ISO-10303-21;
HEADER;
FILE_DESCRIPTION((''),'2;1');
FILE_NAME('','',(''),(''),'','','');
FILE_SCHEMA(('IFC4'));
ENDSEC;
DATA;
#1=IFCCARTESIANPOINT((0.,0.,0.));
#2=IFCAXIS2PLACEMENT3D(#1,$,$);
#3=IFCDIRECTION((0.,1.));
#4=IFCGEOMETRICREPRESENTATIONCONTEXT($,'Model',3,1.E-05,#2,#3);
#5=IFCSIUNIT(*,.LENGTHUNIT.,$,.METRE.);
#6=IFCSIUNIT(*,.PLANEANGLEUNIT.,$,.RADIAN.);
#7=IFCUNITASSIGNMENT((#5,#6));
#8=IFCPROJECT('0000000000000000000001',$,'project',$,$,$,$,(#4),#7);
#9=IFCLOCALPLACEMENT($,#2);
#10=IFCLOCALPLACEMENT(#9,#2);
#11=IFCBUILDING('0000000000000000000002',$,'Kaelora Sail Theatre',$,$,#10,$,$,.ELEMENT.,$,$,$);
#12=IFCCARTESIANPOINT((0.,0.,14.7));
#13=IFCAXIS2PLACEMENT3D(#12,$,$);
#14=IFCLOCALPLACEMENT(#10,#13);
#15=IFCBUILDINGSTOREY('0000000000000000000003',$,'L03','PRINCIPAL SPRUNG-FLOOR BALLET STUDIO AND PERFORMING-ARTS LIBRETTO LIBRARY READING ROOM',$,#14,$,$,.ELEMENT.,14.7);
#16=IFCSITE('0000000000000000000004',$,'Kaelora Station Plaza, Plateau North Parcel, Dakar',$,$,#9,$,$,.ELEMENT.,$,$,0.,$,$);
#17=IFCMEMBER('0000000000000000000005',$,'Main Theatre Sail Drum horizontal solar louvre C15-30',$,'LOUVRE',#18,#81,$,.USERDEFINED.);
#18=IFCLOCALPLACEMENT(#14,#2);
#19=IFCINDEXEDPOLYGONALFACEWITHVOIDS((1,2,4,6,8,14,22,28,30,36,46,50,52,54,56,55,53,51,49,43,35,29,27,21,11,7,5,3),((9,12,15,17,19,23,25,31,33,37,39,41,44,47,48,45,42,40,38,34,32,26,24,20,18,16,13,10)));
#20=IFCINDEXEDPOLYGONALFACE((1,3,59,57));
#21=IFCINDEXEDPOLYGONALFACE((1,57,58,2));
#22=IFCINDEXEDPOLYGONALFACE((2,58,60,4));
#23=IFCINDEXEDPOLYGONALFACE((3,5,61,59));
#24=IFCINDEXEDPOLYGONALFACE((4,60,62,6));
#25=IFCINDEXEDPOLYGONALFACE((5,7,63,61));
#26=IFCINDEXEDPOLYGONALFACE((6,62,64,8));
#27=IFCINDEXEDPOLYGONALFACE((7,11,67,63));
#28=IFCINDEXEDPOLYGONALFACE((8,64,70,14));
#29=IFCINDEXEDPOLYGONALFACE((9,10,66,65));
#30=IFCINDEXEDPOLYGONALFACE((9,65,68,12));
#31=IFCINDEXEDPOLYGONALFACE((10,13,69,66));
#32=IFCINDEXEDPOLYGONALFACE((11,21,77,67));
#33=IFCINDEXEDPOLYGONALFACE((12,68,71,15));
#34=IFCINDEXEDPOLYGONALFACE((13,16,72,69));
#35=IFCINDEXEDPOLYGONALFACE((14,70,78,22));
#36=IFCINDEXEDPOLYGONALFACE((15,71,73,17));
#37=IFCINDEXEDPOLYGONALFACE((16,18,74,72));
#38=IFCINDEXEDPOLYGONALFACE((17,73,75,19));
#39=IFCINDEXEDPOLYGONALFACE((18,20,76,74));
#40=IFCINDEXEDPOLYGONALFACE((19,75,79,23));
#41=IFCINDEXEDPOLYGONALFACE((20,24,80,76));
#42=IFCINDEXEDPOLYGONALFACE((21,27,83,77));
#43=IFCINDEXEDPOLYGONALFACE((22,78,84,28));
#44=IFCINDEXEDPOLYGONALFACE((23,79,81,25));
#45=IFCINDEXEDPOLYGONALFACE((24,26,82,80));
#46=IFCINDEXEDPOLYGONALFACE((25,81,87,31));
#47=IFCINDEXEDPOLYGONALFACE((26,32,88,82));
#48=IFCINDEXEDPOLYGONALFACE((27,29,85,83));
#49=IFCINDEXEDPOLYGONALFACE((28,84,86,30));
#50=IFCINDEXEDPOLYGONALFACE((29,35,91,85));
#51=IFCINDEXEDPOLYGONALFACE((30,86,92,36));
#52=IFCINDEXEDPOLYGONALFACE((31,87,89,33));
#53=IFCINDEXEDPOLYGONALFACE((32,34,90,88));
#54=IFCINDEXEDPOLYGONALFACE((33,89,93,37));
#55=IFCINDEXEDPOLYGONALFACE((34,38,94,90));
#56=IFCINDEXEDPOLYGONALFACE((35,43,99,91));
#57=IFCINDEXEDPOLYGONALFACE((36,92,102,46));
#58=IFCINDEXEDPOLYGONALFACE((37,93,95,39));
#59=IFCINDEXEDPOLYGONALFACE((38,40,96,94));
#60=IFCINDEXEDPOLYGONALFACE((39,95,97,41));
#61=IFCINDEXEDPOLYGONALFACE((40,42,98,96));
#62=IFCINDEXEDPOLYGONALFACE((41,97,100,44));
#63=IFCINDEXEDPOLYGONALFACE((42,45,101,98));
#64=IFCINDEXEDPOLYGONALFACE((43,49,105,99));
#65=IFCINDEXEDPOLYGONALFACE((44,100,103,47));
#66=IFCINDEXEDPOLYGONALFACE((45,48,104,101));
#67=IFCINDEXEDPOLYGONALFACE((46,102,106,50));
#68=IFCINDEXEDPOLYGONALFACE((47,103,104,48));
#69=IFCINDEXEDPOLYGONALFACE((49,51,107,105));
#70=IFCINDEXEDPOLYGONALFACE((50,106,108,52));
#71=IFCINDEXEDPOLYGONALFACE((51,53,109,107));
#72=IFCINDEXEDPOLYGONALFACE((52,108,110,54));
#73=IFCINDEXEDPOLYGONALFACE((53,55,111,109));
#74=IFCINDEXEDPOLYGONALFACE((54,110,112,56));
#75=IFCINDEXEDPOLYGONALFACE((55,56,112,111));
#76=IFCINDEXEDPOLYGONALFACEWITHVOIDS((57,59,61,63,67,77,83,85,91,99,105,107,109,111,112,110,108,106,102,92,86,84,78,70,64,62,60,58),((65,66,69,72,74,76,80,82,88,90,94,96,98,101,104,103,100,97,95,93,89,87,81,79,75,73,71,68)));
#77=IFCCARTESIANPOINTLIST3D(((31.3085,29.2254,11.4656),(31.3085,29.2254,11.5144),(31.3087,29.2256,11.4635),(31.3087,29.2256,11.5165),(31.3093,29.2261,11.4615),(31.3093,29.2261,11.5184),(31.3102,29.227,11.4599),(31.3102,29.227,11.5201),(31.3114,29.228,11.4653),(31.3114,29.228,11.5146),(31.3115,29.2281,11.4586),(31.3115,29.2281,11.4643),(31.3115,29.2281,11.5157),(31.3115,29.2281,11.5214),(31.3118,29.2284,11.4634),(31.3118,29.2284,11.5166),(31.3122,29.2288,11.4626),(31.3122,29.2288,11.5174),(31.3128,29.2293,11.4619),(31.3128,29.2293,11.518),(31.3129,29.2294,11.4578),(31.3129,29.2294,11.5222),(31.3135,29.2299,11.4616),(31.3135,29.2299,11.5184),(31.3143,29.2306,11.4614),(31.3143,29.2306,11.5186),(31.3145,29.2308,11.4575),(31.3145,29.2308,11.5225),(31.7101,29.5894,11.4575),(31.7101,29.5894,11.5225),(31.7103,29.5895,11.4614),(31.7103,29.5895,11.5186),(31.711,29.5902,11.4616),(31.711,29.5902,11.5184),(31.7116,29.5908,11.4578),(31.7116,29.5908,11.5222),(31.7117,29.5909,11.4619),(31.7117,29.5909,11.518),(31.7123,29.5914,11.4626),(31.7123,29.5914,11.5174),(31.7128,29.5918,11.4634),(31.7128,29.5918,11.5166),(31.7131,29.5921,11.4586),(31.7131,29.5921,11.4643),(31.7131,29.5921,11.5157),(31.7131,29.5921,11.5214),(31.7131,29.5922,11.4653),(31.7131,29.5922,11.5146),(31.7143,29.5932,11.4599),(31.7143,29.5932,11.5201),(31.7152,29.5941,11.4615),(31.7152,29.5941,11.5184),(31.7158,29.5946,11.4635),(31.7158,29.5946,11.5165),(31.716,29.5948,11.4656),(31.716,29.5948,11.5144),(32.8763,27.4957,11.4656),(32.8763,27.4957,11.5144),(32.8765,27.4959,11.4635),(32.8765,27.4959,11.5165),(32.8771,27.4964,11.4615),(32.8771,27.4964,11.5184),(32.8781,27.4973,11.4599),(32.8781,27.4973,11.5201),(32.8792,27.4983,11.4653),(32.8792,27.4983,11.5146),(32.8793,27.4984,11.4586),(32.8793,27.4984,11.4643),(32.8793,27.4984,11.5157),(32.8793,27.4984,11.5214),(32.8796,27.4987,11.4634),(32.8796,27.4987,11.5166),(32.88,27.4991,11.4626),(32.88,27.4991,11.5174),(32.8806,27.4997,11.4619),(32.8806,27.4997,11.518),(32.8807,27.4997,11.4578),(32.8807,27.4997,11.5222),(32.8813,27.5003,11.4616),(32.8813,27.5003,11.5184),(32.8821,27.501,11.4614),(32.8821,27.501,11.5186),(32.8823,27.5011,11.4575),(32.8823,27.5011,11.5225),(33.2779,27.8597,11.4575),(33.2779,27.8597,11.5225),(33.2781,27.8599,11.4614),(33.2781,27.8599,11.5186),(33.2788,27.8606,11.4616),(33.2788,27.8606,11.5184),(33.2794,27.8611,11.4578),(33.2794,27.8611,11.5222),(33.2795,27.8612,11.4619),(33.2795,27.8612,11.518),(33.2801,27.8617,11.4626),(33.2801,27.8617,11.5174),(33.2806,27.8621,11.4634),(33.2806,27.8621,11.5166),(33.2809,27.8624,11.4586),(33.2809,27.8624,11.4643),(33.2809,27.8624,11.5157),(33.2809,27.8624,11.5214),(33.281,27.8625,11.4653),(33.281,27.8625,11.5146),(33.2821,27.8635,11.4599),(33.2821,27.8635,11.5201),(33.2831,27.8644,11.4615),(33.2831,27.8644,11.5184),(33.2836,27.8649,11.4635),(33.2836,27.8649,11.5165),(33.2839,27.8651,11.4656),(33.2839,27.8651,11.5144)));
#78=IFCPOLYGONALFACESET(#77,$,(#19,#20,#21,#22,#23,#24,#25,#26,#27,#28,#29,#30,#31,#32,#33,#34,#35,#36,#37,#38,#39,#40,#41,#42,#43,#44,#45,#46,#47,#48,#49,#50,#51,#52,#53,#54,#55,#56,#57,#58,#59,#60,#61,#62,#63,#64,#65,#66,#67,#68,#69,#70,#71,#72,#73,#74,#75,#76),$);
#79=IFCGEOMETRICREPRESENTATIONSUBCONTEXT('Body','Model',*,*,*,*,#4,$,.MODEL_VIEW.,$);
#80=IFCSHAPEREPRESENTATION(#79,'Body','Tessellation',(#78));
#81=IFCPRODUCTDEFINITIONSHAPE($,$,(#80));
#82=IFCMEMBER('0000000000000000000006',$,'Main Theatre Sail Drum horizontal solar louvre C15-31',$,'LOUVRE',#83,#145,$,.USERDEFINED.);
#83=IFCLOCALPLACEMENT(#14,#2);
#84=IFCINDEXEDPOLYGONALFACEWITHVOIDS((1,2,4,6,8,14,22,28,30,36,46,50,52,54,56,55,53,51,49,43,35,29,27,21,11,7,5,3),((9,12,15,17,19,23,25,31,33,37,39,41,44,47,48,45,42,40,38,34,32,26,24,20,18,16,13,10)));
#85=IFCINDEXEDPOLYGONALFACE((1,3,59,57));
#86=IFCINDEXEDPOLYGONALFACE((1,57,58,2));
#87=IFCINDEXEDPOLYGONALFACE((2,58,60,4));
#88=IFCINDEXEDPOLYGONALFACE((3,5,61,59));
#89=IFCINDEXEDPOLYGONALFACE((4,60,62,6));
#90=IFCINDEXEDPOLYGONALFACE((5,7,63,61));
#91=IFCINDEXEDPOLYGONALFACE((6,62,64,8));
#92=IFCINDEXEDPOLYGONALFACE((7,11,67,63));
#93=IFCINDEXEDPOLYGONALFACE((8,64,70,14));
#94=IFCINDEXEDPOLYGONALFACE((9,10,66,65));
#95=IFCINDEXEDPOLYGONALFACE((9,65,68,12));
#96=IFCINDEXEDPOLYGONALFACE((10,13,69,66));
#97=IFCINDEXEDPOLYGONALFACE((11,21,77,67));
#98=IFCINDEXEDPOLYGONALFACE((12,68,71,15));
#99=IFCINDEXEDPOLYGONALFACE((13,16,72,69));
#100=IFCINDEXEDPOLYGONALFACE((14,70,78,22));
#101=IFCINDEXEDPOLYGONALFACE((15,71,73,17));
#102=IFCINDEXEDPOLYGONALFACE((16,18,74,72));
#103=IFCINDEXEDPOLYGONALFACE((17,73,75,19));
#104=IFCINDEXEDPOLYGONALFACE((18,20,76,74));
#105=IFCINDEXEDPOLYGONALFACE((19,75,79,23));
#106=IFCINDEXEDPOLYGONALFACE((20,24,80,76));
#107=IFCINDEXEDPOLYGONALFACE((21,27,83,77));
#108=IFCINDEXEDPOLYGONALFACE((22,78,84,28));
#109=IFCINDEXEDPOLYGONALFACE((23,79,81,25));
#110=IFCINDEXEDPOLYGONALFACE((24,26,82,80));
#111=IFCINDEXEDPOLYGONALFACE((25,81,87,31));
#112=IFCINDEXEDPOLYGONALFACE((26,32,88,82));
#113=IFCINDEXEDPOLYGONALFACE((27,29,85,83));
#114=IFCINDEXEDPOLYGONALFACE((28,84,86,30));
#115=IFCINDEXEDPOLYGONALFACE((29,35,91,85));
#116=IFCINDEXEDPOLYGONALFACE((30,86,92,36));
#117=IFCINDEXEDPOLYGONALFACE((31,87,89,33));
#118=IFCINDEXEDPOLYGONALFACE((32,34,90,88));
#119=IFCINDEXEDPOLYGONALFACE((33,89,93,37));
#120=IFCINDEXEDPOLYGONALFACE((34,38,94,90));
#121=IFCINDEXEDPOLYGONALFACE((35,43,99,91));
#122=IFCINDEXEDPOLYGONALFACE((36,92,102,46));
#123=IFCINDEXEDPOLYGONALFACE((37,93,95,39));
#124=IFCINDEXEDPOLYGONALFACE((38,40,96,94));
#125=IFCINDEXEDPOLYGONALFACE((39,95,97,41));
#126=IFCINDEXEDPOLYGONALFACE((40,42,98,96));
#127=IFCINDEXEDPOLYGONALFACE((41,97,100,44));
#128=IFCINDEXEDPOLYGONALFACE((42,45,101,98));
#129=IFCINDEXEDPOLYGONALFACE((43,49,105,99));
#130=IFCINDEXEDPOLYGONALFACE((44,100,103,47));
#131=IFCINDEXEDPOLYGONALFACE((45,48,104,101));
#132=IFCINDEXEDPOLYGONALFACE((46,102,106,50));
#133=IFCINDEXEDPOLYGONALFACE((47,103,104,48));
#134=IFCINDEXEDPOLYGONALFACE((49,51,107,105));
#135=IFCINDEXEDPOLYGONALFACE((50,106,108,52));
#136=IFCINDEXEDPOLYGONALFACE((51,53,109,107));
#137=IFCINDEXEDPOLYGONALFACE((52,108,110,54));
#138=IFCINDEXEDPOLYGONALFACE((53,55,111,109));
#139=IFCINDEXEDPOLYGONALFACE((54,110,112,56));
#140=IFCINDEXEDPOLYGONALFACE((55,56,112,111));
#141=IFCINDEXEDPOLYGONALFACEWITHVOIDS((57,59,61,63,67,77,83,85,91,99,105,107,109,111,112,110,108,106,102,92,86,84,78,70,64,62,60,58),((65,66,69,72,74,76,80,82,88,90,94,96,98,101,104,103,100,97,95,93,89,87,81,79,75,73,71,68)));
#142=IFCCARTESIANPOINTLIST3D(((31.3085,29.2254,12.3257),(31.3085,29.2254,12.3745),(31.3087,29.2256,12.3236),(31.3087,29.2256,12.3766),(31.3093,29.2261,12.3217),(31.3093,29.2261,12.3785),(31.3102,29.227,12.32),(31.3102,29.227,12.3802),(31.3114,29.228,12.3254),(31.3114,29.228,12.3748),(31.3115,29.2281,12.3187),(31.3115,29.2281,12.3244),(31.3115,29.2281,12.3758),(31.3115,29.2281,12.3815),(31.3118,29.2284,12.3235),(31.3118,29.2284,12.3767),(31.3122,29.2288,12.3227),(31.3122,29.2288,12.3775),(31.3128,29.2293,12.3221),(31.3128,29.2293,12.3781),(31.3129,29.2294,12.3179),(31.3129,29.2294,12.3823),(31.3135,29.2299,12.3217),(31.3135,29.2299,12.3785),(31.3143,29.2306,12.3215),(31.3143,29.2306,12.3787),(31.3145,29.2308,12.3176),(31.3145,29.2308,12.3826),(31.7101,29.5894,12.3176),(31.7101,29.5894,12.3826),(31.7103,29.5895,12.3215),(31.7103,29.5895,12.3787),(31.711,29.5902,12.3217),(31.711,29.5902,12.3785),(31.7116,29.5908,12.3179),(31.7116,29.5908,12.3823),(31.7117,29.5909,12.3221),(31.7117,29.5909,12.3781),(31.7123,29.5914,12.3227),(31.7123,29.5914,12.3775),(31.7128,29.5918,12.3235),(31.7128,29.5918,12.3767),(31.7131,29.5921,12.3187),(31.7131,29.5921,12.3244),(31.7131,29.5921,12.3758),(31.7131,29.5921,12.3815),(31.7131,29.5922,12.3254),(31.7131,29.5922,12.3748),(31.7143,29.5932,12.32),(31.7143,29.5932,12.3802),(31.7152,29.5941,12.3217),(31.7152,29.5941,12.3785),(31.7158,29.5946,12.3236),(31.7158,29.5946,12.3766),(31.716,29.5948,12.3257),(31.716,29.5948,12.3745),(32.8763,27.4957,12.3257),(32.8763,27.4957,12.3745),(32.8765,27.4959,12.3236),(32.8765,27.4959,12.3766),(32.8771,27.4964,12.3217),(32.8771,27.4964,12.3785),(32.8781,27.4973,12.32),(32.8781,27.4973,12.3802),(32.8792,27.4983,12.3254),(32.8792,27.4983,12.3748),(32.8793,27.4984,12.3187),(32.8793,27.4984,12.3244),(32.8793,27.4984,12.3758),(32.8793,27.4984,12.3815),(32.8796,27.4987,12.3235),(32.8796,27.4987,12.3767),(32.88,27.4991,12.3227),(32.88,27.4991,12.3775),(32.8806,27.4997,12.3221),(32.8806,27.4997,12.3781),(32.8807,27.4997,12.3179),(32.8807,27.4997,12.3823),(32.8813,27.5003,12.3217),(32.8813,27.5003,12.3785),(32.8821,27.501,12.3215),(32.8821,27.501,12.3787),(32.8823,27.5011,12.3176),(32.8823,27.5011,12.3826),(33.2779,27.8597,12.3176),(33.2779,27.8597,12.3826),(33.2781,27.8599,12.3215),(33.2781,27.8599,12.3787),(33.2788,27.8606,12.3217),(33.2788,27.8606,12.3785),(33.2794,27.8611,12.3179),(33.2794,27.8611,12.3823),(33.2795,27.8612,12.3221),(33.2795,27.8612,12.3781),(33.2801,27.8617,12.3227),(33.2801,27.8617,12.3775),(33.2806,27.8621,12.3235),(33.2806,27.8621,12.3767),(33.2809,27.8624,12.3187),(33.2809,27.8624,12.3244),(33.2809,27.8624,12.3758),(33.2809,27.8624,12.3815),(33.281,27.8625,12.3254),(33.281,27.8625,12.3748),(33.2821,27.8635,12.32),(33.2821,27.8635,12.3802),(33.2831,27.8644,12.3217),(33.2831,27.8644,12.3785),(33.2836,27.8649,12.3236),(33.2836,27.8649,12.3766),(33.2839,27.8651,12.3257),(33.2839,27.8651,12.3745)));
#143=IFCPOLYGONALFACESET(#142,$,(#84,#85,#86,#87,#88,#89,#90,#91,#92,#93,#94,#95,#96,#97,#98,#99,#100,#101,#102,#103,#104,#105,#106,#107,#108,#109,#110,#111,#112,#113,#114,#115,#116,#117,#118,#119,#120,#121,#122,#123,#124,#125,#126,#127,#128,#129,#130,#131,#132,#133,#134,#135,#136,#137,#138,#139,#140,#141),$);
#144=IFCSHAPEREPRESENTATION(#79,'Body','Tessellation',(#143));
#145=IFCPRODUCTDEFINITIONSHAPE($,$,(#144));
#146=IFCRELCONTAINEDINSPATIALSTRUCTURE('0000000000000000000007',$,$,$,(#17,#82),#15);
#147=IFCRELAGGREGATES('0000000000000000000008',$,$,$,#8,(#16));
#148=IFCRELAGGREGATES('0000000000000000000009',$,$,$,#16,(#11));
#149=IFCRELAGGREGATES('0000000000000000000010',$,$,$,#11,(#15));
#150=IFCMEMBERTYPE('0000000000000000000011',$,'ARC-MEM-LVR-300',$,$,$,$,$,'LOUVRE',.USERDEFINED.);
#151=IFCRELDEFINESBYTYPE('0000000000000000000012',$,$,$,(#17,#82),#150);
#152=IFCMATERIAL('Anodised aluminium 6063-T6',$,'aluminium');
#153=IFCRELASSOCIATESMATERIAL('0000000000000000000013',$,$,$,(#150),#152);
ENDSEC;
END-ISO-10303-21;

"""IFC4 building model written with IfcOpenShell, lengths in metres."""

from ifc_helpers import new_model, si_unit, direction, frame, origin, origin_2d, place, context, subcontext, project, spatial, hollow_rectangle, extrude, material, material_profile, profile_set, type_object, element, save


model = new_model("IFC4")

# Units and contexts
model_context = context("Model", 3, precision=1e-05, world=origin(), true_north=direction((0.0, 1.0)))
body_context = subcontext(model_context, "Body", "Model", "MODEL_VIEW")
ifc_project = project(units=[si_unit("LENGTHUNIT", "METRE"), si_unit("PLANEANGLEUNIT", "RADIAN")], contexts=[model_context])

# Site, building, storey
site_placement = place(None, origin())
site = spatial("IfcSite", under=ifc_project, at=site_placement, Name="Kaelora Station Plaza, Plateau North Parcel, Dakar", CompositionType="ELEMENT", RefElevation=0.0)
building_placement = place(site_placement, origin())
building = spatial("IfcBuilding", under=site, at=building_placement, Name="Kaelora Sail Theatre", CompositionType="ELEMENT")
storey_placement = place(building_placement, frame((0.0, 0.0, 14.7)))
storey = spatial("IfcBuildingStorey", under=building, at=storey_placement, Name="L03", Description="PRINCIPAL SPRUNG-FLOOR BALLET STUDIO AND PERFORMING-ARTS LIBRETTO LIBRARY READING ROOM", CompositionType="ELEMENT", Elevation=14.7)

# Members
ifc_material_1 = material(Name="Anodised aluminium 6063-T6", Category="aluminium")
ifc_material_profile_1 = material_profile(ifc_material_1, hollow_rectangle(XDim=0.55, YDim=0.0649, WallThickness=0.0039, InnerFilletRadius=0.0039, OuterFilletRadius=0.0081, at=origin_2d()), Name="LOUVRE 550x65x4")
ifc_profile_set_1 = profile_set([ifc_material_profile_1], Name="Anodised aluminium 6063-T6")
member_type = type_object("IfcMemberType", Name="ARC-MEM-LVR-300", ElementType="LOUVRE", PredefinedType="USERDEFINED", material=ifc_profile_set_1)
for number, where, z_axis, x_axis, name in (
    (1, (33.0801, 27.6804, 11.49), (-0.671589, 0.740924, 0.0), (-0.740924, -0.671589, 0.0), "Main Theatre Sail Drum horizontal solar louvre C15-30"),
    (2, (33.0801, 27.6804, 12.3501), (-0.671589, 0.740924, 0.0), (-0.740924, -0.671589, 0.0), "Main Theatre Sail Drum horizontal solar louvre C15-31"),
):
    element("IfcMember", number, at=place(storey_placement, frame(where, z_axis=z_axis, x_axis=x_axis)), inside=storey, type_object=member_type, Name=name, ObjectType="LOUVRE", PredefinedType="USERDEFINED", context=body_context, shape_type="SweptSolid", body=[
        extrude(hollow_rectangle(XDim=0.55, YDim=0.0649, WallThickness=0.0039, InnerFilletRadius=0.0039, OuterFilletRadius=0.0081, at=origin_2d()), origin(), (0.0, 0.0, 1.0), 2.3345),
    ])

save(model, "model.ifc")
